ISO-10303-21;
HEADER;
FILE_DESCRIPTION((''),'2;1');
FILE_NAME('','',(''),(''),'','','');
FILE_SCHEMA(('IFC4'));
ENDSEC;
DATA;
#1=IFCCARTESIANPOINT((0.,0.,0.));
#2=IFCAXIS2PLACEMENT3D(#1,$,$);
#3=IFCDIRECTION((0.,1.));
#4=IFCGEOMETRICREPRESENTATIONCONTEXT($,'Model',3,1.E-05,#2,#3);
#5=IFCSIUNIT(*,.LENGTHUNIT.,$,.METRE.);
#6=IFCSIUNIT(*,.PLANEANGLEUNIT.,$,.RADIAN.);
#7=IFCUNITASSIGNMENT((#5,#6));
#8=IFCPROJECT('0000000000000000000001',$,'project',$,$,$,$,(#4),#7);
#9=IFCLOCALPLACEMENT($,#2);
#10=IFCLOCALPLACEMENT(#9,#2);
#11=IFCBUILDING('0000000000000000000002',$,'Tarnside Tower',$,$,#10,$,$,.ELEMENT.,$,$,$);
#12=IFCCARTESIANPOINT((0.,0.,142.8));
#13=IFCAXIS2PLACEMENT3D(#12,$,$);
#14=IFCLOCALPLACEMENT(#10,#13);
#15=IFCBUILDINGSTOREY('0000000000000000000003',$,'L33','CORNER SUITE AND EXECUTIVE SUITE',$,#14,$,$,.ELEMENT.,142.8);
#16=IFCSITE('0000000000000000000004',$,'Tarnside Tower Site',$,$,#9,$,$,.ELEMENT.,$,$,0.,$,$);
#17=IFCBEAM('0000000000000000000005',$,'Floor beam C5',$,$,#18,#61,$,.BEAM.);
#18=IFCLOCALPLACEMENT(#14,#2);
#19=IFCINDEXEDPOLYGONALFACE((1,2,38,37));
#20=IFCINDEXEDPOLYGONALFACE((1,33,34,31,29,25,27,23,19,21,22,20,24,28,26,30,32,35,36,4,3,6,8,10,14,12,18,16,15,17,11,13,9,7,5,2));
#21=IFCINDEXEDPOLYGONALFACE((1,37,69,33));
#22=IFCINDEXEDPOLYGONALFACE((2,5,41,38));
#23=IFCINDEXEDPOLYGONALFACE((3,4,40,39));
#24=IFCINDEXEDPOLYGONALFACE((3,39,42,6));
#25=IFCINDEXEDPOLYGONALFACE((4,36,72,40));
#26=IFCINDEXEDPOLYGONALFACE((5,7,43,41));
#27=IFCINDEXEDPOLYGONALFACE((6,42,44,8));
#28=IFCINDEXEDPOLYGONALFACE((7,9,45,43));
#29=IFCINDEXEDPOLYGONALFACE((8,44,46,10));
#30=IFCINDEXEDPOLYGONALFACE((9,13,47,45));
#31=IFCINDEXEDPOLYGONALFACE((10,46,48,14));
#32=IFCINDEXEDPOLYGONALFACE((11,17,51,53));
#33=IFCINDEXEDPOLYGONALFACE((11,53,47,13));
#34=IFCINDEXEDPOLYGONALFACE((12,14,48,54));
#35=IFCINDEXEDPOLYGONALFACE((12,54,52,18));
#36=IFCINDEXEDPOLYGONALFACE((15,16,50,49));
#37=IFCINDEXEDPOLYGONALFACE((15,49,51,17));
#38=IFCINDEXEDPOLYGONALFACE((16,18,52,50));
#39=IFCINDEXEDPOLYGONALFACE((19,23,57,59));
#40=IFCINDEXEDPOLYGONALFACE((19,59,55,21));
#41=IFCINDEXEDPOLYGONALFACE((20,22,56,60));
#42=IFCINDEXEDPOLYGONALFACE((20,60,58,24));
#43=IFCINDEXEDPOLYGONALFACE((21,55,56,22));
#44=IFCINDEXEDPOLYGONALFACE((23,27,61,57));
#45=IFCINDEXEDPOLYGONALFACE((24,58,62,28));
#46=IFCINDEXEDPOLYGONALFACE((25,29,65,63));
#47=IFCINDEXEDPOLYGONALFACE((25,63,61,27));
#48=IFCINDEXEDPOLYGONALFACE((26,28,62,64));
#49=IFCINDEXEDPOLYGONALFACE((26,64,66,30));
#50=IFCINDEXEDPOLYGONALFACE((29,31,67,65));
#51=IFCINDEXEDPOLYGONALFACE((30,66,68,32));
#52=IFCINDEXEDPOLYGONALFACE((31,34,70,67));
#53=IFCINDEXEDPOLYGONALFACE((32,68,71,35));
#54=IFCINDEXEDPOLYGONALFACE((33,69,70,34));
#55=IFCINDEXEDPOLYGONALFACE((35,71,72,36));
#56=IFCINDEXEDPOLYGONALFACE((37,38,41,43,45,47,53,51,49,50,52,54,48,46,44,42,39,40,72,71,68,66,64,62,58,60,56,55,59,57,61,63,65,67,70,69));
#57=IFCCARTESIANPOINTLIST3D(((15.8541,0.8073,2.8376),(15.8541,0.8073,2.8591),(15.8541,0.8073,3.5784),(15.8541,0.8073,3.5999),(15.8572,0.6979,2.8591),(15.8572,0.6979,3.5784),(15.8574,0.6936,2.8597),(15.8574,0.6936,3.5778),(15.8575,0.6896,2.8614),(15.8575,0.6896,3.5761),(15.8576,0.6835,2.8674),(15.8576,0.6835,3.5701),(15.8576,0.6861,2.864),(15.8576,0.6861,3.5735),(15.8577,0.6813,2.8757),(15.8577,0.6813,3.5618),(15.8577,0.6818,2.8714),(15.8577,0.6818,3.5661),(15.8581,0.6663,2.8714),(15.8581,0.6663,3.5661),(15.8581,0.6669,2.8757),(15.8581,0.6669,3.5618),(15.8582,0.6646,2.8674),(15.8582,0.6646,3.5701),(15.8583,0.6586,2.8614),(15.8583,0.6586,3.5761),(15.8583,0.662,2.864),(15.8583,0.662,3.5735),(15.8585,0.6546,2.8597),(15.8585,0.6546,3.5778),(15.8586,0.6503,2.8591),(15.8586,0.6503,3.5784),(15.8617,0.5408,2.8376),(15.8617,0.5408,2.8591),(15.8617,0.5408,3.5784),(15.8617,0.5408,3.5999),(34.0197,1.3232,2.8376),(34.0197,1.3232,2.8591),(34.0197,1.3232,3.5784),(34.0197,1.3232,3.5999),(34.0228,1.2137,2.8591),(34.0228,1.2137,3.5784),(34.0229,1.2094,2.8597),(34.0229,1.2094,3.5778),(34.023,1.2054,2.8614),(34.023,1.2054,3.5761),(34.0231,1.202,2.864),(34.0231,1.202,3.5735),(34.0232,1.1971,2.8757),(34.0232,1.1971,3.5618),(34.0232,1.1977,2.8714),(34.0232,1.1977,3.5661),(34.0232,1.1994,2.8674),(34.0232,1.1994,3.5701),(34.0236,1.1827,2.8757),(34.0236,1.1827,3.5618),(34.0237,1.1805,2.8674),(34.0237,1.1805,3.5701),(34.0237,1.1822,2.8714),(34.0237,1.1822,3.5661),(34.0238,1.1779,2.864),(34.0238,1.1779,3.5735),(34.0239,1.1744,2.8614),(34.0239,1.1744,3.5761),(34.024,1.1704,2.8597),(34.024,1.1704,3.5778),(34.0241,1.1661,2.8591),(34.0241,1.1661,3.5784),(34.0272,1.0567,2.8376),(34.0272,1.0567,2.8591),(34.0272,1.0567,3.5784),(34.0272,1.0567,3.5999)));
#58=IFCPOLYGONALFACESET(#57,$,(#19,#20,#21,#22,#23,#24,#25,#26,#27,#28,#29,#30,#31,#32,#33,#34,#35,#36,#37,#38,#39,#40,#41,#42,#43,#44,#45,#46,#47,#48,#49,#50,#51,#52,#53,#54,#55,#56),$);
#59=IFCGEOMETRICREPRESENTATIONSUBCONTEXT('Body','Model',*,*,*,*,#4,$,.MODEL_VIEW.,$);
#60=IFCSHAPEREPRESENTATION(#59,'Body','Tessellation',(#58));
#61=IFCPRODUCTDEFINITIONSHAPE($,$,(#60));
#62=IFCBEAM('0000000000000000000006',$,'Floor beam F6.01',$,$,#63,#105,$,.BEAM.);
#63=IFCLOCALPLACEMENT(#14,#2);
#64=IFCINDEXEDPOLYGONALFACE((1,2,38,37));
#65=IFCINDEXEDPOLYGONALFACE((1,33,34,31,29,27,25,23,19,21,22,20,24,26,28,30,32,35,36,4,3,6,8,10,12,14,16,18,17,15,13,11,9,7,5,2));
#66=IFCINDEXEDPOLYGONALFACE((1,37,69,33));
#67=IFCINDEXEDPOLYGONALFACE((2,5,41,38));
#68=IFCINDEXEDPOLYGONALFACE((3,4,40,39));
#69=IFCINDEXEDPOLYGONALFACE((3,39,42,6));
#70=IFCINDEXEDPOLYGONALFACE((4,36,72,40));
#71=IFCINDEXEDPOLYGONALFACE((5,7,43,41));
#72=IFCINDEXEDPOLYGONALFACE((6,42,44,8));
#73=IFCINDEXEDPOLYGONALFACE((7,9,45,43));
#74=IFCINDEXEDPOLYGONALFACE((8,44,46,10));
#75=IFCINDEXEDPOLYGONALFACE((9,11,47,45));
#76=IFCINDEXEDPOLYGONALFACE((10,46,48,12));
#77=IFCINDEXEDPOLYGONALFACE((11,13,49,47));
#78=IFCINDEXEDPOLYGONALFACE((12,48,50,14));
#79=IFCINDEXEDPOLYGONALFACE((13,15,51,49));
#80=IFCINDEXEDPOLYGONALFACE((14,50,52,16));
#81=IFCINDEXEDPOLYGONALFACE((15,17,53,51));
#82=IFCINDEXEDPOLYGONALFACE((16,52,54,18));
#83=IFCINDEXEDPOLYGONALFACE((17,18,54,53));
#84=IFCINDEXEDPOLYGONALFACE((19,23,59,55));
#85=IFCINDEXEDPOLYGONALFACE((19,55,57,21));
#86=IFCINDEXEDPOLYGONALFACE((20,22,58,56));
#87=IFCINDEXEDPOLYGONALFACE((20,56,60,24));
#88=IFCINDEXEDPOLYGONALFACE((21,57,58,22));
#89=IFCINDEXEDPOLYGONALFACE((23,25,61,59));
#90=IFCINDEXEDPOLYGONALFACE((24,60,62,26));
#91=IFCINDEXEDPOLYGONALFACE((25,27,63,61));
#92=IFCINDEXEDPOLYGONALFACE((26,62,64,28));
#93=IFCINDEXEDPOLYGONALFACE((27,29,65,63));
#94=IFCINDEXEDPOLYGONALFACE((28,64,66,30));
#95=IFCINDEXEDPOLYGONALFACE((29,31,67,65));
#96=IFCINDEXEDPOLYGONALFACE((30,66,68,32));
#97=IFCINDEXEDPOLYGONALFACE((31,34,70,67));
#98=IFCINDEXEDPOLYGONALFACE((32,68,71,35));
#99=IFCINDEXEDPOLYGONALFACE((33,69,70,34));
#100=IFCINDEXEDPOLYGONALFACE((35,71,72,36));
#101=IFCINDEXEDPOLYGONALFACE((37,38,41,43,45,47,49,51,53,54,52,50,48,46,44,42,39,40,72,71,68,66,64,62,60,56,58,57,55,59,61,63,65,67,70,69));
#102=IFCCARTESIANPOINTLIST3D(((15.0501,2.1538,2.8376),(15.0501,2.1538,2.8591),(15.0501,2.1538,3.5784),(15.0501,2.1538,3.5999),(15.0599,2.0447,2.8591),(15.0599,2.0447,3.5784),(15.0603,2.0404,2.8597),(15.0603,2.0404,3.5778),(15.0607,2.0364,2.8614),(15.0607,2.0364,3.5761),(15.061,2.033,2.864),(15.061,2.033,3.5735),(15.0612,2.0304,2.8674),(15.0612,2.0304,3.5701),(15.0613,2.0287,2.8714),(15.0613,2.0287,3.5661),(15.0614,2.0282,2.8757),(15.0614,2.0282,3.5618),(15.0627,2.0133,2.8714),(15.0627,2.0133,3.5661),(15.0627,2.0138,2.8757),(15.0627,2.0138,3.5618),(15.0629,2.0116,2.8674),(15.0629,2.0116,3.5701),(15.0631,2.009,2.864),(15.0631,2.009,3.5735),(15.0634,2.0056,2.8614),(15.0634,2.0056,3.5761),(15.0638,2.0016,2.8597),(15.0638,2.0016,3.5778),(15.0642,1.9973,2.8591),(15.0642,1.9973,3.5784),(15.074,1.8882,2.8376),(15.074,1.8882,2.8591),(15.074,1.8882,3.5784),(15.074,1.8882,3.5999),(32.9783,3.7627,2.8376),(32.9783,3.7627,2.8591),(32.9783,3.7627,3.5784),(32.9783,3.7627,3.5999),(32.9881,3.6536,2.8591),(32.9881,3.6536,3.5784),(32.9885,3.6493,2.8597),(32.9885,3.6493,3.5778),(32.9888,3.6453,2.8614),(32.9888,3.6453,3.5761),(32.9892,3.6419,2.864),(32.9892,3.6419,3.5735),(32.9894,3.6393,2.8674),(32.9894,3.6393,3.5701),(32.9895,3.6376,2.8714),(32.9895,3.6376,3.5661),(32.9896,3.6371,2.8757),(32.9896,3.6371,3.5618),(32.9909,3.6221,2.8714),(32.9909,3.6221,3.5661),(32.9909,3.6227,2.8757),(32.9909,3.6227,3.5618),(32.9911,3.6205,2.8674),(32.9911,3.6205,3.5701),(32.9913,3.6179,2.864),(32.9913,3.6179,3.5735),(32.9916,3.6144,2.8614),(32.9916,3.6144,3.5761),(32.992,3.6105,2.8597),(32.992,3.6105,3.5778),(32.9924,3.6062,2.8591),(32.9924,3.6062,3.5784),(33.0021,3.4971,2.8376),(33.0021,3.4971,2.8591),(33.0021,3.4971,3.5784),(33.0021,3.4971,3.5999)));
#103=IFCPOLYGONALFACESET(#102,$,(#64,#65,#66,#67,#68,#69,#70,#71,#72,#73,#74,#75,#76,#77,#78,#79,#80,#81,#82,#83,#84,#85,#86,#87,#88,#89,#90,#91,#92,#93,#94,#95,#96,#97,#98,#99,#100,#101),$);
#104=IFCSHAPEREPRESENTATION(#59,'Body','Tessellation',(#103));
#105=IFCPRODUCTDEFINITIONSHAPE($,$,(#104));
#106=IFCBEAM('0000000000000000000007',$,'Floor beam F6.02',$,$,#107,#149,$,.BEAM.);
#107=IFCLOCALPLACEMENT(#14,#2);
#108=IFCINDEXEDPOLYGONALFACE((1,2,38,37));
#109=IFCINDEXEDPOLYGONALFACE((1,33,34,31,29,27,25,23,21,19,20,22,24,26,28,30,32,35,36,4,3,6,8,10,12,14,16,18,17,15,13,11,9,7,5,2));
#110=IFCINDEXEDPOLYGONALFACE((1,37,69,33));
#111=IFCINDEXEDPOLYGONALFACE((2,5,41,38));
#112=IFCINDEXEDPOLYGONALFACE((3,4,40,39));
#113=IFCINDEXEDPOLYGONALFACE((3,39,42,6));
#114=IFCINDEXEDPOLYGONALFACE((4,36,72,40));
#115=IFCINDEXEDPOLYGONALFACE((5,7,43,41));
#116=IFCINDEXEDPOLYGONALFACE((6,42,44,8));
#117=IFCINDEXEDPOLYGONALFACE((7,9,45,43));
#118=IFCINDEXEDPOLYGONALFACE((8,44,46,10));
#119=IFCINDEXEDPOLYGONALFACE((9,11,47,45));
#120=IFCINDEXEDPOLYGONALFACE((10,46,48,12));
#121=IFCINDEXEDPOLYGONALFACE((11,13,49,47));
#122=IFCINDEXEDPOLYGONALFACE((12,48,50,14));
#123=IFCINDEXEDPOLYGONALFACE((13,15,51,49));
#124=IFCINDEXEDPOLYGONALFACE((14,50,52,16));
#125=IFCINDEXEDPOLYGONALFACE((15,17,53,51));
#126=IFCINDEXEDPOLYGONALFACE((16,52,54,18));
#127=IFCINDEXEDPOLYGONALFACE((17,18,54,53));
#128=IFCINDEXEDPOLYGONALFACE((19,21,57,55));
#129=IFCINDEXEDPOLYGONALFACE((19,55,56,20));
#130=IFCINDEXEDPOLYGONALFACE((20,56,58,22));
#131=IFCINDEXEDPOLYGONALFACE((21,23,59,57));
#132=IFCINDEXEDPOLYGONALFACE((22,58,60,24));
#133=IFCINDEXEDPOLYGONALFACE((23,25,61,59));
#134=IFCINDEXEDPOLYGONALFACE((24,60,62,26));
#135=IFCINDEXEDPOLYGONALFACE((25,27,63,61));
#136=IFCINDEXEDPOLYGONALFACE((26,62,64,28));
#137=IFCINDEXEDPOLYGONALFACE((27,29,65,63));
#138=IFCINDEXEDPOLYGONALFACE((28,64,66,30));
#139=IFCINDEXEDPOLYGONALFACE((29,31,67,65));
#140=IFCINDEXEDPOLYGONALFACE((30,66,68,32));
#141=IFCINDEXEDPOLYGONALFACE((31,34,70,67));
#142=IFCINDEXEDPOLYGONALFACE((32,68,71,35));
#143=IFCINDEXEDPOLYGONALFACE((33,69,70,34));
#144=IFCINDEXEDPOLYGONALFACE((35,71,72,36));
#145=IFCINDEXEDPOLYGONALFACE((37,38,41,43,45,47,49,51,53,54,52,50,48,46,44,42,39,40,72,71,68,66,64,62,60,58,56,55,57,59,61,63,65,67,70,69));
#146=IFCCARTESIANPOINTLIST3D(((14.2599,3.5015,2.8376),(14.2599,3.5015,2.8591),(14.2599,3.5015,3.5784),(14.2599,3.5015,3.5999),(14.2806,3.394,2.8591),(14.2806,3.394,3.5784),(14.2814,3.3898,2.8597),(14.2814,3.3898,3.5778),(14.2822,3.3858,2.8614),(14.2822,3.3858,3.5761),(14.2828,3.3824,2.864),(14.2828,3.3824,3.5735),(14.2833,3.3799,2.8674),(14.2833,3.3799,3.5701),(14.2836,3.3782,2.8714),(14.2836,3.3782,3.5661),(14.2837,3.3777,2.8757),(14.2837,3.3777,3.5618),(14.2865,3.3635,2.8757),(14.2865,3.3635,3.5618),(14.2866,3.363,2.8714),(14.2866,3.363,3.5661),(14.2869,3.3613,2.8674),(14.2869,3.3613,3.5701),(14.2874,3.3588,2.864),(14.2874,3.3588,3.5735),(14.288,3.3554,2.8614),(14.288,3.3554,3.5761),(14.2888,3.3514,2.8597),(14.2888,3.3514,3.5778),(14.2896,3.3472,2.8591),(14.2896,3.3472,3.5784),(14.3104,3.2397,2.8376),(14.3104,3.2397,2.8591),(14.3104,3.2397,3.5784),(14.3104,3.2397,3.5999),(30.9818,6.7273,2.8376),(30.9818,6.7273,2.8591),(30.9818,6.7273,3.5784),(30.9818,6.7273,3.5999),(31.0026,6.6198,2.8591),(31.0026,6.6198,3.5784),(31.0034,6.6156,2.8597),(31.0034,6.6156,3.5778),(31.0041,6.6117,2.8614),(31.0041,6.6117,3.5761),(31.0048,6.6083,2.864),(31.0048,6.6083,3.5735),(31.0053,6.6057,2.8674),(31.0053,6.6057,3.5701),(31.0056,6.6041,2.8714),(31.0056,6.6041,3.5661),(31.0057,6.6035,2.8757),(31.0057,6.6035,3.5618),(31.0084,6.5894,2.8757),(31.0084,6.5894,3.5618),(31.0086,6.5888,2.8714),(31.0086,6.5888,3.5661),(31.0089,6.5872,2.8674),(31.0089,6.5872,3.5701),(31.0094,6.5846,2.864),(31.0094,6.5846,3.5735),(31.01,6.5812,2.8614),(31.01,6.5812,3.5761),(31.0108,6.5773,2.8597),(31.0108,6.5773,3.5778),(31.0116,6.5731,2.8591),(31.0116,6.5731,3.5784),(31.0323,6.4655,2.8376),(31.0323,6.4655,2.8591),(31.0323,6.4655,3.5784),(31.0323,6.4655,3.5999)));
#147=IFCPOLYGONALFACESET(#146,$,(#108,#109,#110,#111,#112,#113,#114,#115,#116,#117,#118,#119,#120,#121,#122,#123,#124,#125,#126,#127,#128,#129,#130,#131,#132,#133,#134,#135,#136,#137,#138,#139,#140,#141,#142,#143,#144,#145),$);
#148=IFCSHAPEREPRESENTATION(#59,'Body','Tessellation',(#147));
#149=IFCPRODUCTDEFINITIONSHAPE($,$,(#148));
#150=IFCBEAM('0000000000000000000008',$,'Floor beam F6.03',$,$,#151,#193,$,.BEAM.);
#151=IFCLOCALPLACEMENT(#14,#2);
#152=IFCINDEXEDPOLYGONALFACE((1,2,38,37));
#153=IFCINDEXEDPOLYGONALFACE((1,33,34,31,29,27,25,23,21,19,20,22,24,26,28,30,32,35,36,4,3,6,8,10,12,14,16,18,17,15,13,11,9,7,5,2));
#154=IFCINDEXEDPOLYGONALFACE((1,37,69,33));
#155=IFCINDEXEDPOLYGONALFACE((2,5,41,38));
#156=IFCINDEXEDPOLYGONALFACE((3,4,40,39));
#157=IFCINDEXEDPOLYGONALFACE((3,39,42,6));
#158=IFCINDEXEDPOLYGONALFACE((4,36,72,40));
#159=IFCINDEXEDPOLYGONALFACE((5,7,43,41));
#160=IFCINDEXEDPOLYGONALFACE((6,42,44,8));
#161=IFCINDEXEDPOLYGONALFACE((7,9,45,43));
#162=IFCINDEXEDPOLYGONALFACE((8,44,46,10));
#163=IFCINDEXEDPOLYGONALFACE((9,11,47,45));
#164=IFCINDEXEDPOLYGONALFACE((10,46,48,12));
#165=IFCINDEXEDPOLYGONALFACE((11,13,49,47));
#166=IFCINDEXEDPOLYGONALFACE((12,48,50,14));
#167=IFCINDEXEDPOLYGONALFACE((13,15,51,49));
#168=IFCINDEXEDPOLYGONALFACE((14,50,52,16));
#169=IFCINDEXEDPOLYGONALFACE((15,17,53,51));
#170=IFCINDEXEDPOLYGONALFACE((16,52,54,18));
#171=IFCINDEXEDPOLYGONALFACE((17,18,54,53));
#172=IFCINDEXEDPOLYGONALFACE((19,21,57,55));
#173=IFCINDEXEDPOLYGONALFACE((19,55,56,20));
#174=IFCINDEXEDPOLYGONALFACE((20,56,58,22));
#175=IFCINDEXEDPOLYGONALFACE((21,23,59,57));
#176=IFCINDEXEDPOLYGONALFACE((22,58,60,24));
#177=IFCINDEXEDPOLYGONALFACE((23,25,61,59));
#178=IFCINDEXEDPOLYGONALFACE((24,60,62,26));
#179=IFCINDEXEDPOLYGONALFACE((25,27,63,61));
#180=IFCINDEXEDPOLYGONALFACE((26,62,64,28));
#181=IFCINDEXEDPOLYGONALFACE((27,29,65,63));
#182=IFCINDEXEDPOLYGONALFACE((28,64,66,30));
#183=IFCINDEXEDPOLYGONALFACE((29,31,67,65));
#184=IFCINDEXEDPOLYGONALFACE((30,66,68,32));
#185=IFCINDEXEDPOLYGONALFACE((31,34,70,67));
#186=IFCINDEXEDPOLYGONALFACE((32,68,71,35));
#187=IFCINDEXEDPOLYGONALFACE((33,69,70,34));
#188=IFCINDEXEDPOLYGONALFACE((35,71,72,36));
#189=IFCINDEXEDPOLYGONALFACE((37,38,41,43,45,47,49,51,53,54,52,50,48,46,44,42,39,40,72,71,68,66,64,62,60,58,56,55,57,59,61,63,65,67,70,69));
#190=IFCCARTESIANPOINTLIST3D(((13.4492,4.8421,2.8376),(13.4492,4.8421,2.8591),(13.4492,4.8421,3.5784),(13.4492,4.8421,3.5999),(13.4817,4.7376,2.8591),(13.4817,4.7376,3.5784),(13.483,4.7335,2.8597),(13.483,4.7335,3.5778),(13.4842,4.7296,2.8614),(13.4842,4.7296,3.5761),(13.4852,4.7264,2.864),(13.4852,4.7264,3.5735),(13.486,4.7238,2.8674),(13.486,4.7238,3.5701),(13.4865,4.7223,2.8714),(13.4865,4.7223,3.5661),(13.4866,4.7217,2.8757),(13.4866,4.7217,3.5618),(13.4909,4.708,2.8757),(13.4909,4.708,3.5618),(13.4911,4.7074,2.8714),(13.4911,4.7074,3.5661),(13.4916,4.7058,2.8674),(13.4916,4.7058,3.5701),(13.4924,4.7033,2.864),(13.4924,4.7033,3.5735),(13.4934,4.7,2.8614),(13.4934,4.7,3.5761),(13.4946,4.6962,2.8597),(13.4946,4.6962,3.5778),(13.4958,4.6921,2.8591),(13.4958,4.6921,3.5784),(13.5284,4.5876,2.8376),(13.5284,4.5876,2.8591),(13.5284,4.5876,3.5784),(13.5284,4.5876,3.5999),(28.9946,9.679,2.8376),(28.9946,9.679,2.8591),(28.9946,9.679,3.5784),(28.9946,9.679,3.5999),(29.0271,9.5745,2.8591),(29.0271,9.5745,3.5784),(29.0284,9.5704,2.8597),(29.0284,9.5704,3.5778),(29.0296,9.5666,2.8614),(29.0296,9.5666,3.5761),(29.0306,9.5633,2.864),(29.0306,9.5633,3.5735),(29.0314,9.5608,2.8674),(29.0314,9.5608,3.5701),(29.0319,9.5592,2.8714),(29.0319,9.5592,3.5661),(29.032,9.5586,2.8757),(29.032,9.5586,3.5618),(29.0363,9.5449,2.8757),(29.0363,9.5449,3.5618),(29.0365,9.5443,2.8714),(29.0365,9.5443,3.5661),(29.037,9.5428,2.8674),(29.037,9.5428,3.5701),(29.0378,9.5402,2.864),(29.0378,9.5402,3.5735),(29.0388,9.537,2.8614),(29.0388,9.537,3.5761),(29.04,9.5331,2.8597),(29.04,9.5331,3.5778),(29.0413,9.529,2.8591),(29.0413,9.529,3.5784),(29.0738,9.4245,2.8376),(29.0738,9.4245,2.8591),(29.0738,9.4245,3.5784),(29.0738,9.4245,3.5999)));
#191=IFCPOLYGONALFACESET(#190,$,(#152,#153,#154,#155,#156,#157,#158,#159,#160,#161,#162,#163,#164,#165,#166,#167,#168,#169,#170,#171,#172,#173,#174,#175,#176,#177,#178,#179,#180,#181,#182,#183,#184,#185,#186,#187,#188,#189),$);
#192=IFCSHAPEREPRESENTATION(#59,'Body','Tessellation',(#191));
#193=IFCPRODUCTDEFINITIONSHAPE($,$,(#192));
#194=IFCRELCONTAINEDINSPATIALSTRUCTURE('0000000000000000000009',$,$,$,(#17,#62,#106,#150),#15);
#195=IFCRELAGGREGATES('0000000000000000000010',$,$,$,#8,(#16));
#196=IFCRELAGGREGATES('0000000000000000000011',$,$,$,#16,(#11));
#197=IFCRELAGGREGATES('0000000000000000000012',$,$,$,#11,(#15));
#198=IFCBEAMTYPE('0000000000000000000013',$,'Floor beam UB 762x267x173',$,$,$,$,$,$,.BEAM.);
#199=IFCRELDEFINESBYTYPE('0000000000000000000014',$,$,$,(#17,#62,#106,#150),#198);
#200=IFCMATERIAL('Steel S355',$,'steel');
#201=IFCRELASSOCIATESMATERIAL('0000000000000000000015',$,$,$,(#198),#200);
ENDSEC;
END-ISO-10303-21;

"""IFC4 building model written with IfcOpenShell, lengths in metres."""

from ifc_helpers import new_model, si_unit, direction, frame, origin, origin_2d, place, context, subcontext, project, spatial, i_section, extrude, material, material_profile, profile_set, type_object, element, save


model = new_model("IFC4")

# Units and contexts
model_context = context("Model", 3, precision=1e-05, world=origin(), true_north=direction((0.0, 1.0)))
body_context = subcontext(model_context, "Body", "Model", "MODEL_VIEW")
ifc_project = project(units=[si_unit("LENGTHUNIT", "METRE"), si_unit("PLANEANGLEUNIT", "RADIAN")], contexts=[model_context])

# Site, building, storey
site_placement = place(None, origin())
site = spatial("IfcSite", under=ifc_project, at=site_placement, Name="Tarnside Tower Site", CompositionType="ELEMENT", RefElevation=0.0)
building_placement = place(site_placement, origin())
building = spatial("IfcBuilding", under=site, at=building_placement, Name="Tarnside Tower", CompositionType="ELEMENT")
storey_placement = place(building_placement, frame((0.0, 0.0, 142.8)))
storey = spatial("IfcBuildingStorey", under=building, at=storey_placement, Name="L33", Description="CORNER SUITE AND EXECUTIVE SUITE", CompositionType="ELEMENT", Elevation=142.8)

# Beams
ifc_material_1 = material(Name="Steel S355", Category="steel")
ifc_material_profile = material_profile(ifc_material_1, i_section(OverallWidth=0.2666, OverallDepth=0.7622, WebThickness=0.0144, FlangeThickness=0.0215, FilletRadius=0.0166, at=origin_2d()), Name="UB 762x267x173")
ifc_profile_set = profile_set([ifc_material_profile], Name="Steel S355")
beam_type = type_object("IfcBeamType", Name="Floor beam UB 762x267x173", PredefinedType="BEAM", material=ifc_profile_set)
beam_1_placement = place(storey_placement, frame((34.0234, 1.1899, 3.2188), z_axis=(-0.999597, -0.028387, 0.0), x_axis=(0.028387, -0.999597, 0.0)))
element("IfcBeam", 1, at=beam_1_placement, inside=storey, type_object=beam_type, Name="Floor beam C5", PredefinedType="BEAM", context=body_context, shape_type="SweptSolid", body=[
    extrude(i_section(OverallWidth=0.2666, OverallDepth=0.7622, WebThickness=0.0144, FlangeThickness=0.0215, FilletRadius=0.0166, at=origin_2d()), origin(), (0.0, 0.0, 1.0), 18.1729),
])
beam_2_placement = place(storey_placement, frame((32.9902, 3.6299, 3.2188), z_axis=(-0.995997, -0.089381, 0.0), x_axis=(0.089381, -0.995997, 0.0)))
element("IfcBeam", 2, at=beam_2_placement, inside=storey, type_object=beam_type, Name="Floor beam F6.01", PredefinedType="BEAM", context=body_context, shape_type="SweptSolid", body=[
    extrude(i_section(OverallWidth=0.2666, OverallDepth=0.7622, WebThickness=0.0144, FlangeThickness=0.0215, FilletRadius=0.0166, at=origin_2d()), origin(), (0.0, 0.0, 1.0), 18.0002),
])
beam_3_placement = place(storey_placement, frame((31.0071, 6.5964, 3.2188), z_axis=(-0.981897, -0.189418, 0.0), x_axis=(0.189418, -0.981897, 0.0)))
element("IfcBeam", 3, at=beam_3_placement, inside=storey, type_object=beam_type, Name="Floor beam F6.02", PredefinedType="BEAM", context=body_context, shape_type="SweptSolid", body=[
    extrude(i_section(OverallWidth=0.2666, OverallDepth=0.7622, WebThickness=0.0144, FlangeThickness=0.0215, FilletRadius=0.0166, at=origin_2d()), origin(), (0.0, 0.0, 1.0), 17.0303),
])
beam_4_placement = place(storey_placement, frame((29.0342, 9.5518, 3.2188), z_axis=(-0.954847, -0.297098, 0.0), x_axis=(0.297098, -0.954847, 0.0)))
element("IfcBeam", 4, at=beam_4_placement, inside=storey, type_object=beam_type, Name="Floor beam F6.03", PredefinedType="BEAM", context=body_context, shape_type="SweptSolid", body=[
    extrude(i_section(OverallWidth=0.2666, OverallDepth=0.7622, WebThickness=0.0144, FlangeThickness=0.0215, FilletRadius=0.0166, at=origin_2d()), origin(), (0.0, 0.0, 1.0), 16.2805),
])

save(model, "model.ifc")
